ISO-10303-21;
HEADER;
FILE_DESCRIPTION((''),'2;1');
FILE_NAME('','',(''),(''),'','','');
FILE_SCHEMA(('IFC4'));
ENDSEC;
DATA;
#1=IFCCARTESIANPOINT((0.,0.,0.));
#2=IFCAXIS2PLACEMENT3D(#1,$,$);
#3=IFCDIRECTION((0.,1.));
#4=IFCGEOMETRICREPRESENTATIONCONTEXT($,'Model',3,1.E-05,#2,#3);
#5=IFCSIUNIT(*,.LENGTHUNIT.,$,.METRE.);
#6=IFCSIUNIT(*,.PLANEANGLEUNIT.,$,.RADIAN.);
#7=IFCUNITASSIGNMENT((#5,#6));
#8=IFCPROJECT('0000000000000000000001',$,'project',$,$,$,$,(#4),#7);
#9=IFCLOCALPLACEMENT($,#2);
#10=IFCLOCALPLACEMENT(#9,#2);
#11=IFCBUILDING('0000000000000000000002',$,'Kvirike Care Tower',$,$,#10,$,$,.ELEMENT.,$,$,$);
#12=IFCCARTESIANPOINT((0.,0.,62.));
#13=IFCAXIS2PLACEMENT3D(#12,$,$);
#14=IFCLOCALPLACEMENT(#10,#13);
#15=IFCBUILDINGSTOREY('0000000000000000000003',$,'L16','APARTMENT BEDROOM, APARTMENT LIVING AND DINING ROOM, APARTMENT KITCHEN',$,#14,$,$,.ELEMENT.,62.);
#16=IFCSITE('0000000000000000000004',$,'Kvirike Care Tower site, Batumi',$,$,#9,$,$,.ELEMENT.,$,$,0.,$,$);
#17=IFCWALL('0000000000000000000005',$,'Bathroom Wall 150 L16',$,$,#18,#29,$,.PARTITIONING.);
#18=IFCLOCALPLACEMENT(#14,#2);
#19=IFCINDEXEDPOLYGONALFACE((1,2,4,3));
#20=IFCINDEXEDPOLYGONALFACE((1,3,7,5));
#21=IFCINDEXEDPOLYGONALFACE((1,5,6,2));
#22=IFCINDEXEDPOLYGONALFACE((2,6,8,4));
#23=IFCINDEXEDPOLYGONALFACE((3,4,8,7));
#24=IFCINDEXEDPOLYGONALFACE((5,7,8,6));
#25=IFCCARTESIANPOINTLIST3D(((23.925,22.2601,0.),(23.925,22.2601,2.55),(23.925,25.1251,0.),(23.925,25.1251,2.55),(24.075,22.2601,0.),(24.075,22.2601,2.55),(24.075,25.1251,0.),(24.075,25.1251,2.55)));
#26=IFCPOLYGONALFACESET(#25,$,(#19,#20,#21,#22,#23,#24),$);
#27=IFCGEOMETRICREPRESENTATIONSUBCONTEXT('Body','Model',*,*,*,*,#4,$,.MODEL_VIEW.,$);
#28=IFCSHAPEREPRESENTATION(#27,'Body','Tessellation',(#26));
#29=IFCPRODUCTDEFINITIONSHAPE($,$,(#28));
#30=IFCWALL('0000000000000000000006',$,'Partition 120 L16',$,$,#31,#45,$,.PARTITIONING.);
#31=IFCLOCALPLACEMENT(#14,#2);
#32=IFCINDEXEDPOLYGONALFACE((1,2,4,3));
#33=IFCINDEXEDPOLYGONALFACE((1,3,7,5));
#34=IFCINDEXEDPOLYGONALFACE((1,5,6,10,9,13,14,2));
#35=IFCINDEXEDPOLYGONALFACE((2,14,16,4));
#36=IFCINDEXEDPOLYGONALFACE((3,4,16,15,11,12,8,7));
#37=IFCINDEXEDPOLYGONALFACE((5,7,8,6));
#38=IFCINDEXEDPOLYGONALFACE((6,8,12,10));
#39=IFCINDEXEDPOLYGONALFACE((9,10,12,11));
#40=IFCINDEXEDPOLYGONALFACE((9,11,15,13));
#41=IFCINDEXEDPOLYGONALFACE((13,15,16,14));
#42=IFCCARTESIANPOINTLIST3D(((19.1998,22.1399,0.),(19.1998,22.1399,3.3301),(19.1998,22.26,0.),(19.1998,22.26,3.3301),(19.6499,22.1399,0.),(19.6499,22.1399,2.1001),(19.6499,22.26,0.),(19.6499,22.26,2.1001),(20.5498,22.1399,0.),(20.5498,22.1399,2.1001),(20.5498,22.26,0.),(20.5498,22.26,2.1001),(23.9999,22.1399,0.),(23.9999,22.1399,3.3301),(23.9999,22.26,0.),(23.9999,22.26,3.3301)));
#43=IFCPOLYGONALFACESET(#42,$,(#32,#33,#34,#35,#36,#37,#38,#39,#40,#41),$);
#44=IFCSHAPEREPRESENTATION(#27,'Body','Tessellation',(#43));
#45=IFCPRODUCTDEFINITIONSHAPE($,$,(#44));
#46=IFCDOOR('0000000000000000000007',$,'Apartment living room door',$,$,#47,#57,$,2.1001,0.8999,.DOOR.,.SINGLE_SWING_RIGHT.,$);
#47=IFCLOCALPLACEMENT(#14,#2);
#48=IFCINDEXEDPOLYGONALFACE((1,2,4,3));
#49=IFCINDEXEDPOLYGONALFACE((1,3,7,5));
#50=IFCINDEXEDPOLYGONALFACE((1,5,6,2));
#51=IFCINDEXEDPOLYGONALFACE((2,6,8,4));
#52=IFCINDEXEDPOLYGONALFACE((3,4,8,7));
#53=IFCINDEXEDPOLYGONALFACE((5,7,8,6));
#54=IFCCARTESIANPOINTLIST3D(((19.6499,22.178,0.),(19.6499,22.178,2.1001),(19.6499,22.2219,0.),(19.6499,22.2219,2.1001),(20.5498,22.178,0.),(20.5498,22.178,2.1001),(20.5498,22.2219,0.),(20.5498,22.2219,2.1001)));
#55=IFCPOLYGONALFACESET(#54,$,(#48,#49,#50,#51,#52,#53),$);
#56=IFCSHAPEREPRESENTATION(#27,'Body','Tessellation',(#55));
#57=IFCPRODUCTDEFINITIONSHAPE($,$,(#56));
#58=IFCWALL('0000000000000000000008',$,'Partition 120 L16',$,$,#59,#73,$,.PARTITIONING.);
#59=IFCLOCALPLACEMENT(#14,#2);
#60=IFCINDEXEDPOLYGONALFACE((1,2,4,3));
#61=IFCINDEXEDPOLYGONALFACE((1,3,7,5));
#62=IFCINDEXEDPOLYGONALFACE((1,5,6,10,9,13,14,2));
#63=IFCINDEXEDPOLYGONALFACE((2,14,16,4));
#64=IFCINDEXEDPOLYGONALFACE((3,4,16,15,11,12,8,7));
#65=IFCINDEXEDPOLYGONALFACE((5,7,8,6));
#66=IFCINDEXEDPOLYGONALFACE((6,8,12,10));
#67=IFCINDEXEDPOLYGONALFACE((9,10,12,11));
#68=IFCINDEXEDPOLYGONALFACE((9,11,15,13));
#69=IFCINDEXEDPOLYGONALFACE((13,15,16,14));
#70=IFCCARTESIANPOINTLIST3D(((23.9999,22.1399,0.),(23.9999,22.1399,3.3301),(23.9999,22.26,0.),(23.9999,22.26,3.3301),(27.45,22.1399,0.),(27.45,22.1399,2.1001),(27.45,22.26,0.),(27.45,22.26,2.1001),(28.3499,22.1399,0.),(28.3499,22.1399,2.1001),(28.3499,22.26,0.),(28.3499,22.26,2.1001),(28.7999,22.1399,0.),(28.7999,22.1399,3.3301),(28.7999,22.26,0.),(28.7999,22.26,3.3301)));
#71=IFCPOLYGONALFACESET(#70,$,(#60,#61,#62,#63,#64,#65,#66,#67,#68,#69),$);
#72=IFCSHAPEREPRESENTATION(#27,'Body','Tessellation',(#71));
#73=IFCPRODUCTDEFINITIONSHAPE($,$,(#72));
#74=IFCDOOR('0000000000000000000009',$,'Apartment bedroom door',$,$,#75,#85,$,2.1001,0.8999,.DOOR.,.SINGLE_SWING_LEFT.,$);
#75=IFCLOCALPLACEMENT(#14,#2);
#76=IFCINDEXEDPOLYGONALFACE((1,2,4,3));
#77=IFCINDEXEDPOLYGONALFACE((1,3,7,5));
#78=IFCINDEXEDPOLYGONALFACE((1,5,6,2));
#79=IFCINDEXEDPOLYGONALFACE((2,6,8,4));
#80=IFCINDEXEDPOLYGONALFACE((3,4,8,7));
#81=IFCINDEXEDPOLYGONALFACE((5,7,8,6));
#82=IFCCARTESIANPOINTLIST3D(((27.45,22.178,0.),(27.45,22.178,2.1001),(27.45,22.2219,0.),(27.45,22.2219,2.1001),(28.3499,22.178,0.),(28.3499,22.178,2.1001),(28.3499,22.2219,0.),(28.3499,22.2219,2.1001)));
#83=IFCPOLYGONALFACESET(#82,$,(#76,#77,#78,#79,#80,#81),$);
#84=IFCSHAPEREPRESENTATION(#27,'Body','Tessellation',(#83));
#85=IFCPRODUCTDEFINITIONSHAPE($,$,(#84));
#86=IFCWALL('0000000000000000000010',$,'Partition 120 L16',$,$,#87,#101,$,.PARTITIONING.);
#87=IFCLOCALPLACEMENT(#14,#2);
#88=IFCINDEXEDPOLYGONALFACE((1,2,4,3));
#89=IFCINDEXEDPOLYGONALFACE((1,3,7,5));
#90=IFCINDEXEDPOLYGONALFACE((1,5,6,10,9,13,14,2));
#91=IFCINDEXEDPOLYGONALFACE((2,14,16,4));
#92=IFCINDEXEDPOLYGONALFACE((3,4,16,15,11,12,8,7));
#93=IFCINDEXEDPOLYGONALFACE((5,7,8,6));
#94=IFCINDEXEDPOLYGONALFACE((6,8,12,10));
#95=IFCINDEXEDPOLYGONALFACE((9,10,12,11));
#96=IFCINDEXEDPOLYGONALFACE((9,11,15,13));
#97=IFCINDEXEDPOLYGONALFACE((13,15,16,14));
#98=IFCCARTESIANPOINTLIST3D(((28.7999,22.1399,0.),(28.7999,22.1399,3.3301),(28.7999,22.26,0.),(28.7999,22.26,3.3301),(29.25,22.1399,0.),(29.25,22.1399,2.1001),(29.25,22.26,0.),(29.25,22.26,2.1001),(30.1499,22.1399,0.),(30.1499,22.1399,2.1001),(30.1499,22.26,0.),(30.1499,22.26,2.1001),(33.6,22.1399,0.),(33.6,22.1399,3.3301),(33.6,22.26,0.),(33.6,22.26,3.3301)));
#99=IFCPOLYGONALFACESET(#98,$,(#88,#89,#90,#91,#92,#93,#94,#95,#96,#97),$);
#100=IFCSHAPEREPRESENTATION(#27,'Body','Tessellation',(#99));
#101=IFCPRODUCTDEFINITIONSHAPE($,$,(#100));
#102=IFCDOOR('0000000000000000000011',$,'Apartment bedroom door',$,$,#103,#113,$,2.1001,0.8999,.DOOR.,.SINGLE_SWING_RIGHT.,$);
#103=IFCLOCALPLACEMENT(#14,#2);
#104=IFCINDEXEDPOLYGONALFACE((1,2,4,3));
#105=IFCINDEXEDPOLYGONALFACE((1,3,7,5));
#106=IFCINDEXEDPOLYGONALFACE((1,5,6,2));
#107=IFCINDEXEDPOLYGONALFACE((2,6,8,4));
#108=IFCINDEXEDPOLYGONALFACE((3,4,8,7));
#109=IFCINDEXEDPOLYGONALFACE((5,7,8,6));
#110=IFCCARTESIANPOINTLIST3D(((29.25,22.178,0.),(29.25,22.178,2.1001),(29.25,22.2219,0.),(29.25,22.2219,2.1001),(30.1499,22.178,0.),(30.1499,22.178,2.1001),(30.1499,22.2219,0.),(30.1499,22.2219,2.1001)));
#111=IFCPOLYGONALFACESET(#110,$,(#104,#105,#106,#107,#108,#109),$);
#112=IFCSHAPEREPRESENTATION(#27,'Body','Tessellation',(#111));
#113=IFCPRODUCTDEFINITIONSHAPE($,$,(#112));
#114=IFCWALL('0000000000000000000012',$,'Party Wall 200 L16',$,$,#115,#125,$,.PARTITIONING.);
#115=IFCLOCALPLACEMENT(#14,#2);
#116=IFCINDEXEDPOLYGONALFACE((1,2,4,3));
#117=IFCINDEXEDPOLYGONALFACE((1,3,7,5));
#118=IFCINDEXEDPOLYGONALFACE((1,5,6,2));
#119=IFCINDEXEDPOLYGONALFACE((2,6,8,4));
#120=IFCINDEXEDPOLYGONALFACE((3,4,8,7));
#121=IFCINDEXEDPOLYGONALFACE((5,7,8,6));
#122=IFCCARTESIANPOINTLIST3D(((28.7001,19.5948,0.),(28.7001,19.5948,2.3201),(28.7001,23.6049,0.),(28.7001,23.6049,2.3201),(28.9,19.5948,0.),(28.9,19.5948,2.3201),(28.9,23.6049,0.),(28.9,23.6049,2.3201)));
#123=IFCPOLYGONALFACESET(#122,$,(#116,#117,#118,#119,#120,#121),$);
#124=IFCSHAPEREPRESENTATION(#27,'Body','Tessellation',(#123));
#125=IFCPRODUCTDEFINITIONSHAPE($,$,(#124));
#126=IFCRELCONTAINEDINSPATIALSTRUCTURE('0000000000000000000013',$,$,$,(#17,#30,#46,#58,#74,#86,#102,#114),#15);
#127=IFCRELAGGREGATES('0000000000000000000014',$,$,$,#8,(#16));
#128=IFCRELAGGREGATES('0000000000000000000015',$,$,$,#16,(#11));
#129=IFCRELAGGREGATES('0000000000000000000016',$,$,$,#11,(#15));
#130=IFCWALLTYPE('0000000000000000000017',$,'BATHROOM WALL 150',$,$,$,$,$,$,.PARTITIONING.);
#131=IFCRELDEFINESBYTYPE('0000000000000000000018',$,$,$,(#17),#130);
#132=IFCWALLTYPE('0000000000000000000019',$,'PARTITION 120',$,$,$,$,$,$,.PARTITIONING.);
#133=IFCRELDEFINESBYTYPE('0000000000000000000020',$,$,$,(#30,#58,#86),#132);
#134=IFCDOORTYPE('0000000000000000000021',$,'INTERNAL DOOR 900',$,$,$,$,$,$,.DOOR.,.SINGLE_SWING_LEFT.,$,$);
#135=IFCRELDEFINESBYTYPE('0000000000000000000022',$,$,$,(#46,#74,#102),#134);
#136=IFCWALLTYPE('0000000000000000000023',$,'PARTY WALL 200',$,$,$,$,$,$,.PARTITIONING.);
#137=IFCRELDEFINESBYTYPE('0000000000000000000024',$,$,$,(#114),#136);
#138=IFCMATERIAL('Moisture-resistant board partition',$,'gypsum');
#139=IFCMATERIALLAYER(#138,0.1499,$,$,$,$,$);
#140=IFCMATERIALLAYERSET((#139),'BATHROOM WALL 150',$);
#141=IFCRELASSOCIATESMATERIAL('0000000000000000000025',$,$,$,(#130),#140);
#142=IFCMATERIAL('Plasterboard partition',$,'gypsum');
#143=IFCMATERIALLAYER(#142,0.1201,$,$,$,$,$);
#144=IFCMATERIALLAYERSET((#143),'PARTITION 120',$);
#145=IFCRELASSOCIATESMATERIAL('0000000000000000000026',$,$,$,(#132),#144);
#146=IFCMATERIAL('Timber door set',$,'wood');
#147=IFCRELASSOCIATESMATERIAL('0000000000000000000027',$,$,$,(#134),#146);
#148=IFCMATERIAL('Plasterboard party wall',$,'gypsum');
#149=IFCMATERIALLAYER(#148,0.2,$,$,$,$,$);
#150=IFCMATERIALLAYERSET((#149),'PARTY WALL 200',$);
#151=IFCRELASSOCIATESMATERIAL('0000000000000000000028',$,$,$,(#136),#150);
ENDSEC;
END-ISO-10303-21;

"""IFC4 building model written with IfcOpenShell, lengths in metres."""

from ifc_helpers import new_model, si_unit, direction, frame, frame_2d, origin, place, context, subcontext, project, spatial, rectangle, extrude, material, layer, layer_set, type_object, element, fill, save


model = new_model("IFC4")

# Units and contexts
model_context = context("Model", 3, precision=1e-05, world=origin(), true_north=direction((0.0, 1.0)))
body_context = subcontext(model_context, "Body", "Model", "MODEL_VIEW")
ifc_project = project(units=[si_unit("LENGTHUNIT", "METRE"), si_unit("PLANEANGLEUNIT", "RADIAN")], contexts=[model_context])

# Site, building, storey
site_placement = place(None, origin())
site = spatial("IfcSite", under=ifc_project, at=site_placement, Name="Kvirike Care Tower site, Batumi", CompositionType="ELEMENT", RefElevation=0.0)
building_placement = place(site_placement, origin())
building = spatial("IfcBuilding", under=site, at=building_placement, Name="Kvirike Care Tower", CompositionType="ELEMENT")
storey_placement = place(building_placement, frame((0.0, 0.0, 62.0)))
storey = spatial("IfcBuildingStorey", under=building, at=storey_placement, Name="L16", Description="APARTMENT BEDROOM, APARTMENT LIVING AND DINING ROOM, APARTMENT KITCHEN", CompositionType="ELEMENT", Elevation=62.0)

# Shared definitions
ifc_material_1 = material(Name="Moisture-resistant board partition", Category="gypsum")
ifc_layer_1 = layer(ifc_material_1, 0.1499)
ifc_layer_set_1 = layer_set([ifc_layer_1], Name="BATHROOM WALL 150")
wall_type_1 = type_object("IfcWallType", Name="BATHROOM WALL 150", PredefinedType="PARTITIONING", material=ifc_layer_set_1)

# Wall
wall_1_placement = place(storey_placement, frame((24.0, 22.26, 0.0), z_axis=(0.0, 0.0, 1.0), x_axis=(0.0, 1.0, 0.0)))
element("IfcWall", 1, at=wall_1_placement, inside=storey, type_object=wall_type_1, Name="Bathroom Wall 150 L16", PredefinedType="PARTITIONING", context=body_context, shape_type="SweptSolid", body=[
    extrude(rectangle(XDim=2.865, YDim=0.1499, at=frame_2d((1.4326, 0.0))), origin(), (0.0, 0.0, 1.0), 2.55),
])

# Walls, openings, doors
ifc_material_2 = material(Name="Plasterboard partition", Category="gypsum")
ifc_layer_2 = layer(ifc_material_2, 0.1201)
ifc_layer_set_2 = layer_set([ifc_layer_2], Name="PARTITION 120")
wall_type_2 = type_object("IfcWallType", Name="PARTITION 120", PredefinedType="PARTITIONING", material=ifc_layer_set_2)
wall_2_placement = place(storey_placement, frame((19.2, 22.2, 0.0), z_axis=(0.0, 0.0, 1.0), x_axis=(1.0, 0.0, 0.0)))
wall_2 = element("IfcWall", 2, at=wall_2_placement, inside=storey, type_object=wall_type_2, Name="Partition 120 L16", PredefinedType="PARTITIONING", context=body_context, shape_type="SweptSolid", body=[
    extrude(rectangle(XDim=4.8, YDim=0.1201, at=frame_2d((2.3999, 0.0))), origin(), (0.0, 0.0, 1.0), 3.3301),
])
opening_1_placement = place(wall_2_placement, frame((0.45, 0.0, 0.0)))
opening_1 = element("IfcOpeningElement", 3, at=opening_1_placement, cuts=wall_2, PredefinedType="OPENING", context=body_context, shape_type="SweptSolid", body=[
    extrude(rectangle(XDim=0.8999, YDim=2.1001, at=frame_2d((0.45, 1.05))), frame((0.0, 0.0706, 0.0), z_axis=(0.0, -1.0, 0.0), x_axis=(1.0, 0.0, 0.0)), (0.0, 0.0, 1.0), 0.1411),
])
ifc_material_3 = material(Name="Timber door set", Category="wood")
door_type_1 = type_object("IfcDoorType", Name="INTERNAL DOOR 900", OperationType="SINGLE_SWING_LEFT", PredefinedType="DOOR", material=ifc_material_3)
door_1_placement = place(opening_1_placement, origin())
door_1 = element("IfcDoor", 4, at=door_1_placement, inside=storey, type_object=door_type_1, Name="Apartment living room door", OperationType="SINGLE_SWING_RIGHT", OverallHeight=2.1001, OverallWidth=0.8999, PredefinedType="DOOR", context=body_context, shape_type="SweptSolid", body=[
    extrude(rectangle(XDim=0.8999, YDim=2.1001, at=frame_2d((0.45, 1.05))), frame((0.0, 0.022, 0.0), z_axis=(0.0, -1.0, 0.0), x_axis=(1.0, 0.0, 0.0)), (0.0, 0.0, 1.0), 0.0439),
])
fill(opening_1, door_1)
wall_3_placement = place(storey_placement, frame((24.0, 22.2, 0.0), z_axis=(0.0, 0.0, 1.0), x_axis=(1.0, 0.0, 0.0)))
wall_3 = element("IfcWall", 5, at=wall_3_placement, inside=storey, type_object=wall_type_2, Name="Partition 120 L16", PredefinedType="PARTITIONING", context=body_context, shape_type="SweptSolid", body=[
    extrude(rectangle(XDim=4.8, YDim=0.1201, at=frame_2d((2.3999, 0.0))), origin(), (0.0, 0.0, 1.0), 3.3301),
])
opening_2_placement = place(wall_3_placement, frame((3.45, 0.0, 0.0)))
opening_2 = element("IfcOpeningElement", 6, at=opening_2_placement, cuts=wall_3, PredefinedType="OPENING", context=body_context, shape_type="SweptSolid", body=[
    extrude(rectangle(XDim=0.8999, YDim=2.1001, at=frame_2d((0.45, 1.05))), frame((0.0, 0.0706, 0.0), z_axis=(0.0, -1.0, 0.0), x_axis=(1.0, 0.0, 0.0)), (0.0, 0.0, 1.0), 0.1411),
])
door_2_placement = place(opening_2_placement, origin())
door_2 = element("IfcDoor", 7, at=door_2_placement, inside=storey, type_object=door_type_1, Name="Apartment bedroom door", OperationType="SINGLE_SWING_LEFT", OverallHeight=2.1001, OverallWidth=0.8999, PredefinedType="DOOR", context=body_context, shape_type="SweptSolid", body=[
    extrude(rectangle(XDim=0.8999, YDim=2.1001, at=frame_2d((0.45, 1.05))), frame((0.0, 0.022, 0.0), z_axis=(0.0, -1.0, 0.0), x_axis=(1.0, 0.0, 0.0)), (0.0, 0.0, 1.0), 0.0439),
])
fill(opening_2, door_2)
wall_4_placement = place(storey_placement, frame((28.8, 22.2, 0.0), z_axis=(0.0, 0.0, 1.0), x_axis=(1.0, 0.0, 0.0)))
wall_4 = element("IfcWall", 8, at=wall_4_placement, inside=storey, type_object=wall_type_2, Name="Partition 120 L16", PredefinedType="PARTITIONING", context=body_context, shape_type="SweptSolid", body=[
    extrude(rectangle(XDim=4.8, YDim=0.1201, at=frame_2d((2.3999, 0.0))), origin(), (0.0, 0.0, 1.0), 3.3301),
])
opening_3_placement = place(wall_4_placement, frame((0.45, 0.0, 0.0)))
opening_3 = element("IfcOpeningElement", 9, at=opening_3_placement, cuts=wall_4, PredefinedType="OPENING", context=body_context, shape_type="SweptSolid", body=[
    extrude(rectangle(XDim=0.8999, YDim=2.1001, at=frame_2d((0.45, 1.05))), frame((0.0, 0.0706, 0.0), z_axis=(0.0, -1.0, 0.0), x_axis=(1.0, 0.0, 0.0)), (0.0, 0.0, 1.0), 0.1411),
])
door_3_placement = place(opening_3_placement, origin())
door_3 = element("IfcDoor", 10, at=door_3_placement, inside=storey, type_object=door_type_1, Name="Apartment bedroom door", OperationType="SINGLE_SWING_RIGHT", OverallHeight=2.1001, OverallWidth=0.8999, PredefinedType="DOOR", context=body_context, shape_type="SweptSolid", body=[
    extrude(rectangle(XDim=0.8999, YDim=2.1001, at=frame_2d((0.45, 1.05))), frame((0.0, 0.022, 0.0), z_axis=(0.0, -1.0, 0.0), x_axis=(1.0, 0.0, 0.0)), (0.0, 0.0, 1.0), 0.0439),
])
fill(opening_3, door_3)

# Wall
ifc_material_4 = material(Name="Plasterboard party wall", Category="gypsum")
ifc_layer_3 = layer(ifc_material_4, 0.2)
ifc_layer_set_3 = layer_set([ifc_layer_3], Name="PARTY WALL 200")
wall_type_3 = type_object("IfcWallType", Name="PARTY WALL 200", PredefinedType="PARTITIONING", material=ifc_layer_set_3)
wall_5_placement = place(storey_placement, frame((28.8, 19.595, 0.0), z_axis=(0.0, 0.0, 1.0), x_axis=(0.0, 1.0, 0.0)))
element("IfcWall", 11, at=wall_5_placement, inside=storey, type_object=wall_type_3, Name="Party Wall 200 L16", PredefinedType="PARTITIONING", context=body_context, shape_type="SweptSolid", body=[
    extrude(rectangle(XDim=4.01, YDim=0.2, at=frame_2d((2.0049, 0.0))), origin(), (0.0, 0.0, 1.0), 2.3201),
])

save(model, "model.ifc")
